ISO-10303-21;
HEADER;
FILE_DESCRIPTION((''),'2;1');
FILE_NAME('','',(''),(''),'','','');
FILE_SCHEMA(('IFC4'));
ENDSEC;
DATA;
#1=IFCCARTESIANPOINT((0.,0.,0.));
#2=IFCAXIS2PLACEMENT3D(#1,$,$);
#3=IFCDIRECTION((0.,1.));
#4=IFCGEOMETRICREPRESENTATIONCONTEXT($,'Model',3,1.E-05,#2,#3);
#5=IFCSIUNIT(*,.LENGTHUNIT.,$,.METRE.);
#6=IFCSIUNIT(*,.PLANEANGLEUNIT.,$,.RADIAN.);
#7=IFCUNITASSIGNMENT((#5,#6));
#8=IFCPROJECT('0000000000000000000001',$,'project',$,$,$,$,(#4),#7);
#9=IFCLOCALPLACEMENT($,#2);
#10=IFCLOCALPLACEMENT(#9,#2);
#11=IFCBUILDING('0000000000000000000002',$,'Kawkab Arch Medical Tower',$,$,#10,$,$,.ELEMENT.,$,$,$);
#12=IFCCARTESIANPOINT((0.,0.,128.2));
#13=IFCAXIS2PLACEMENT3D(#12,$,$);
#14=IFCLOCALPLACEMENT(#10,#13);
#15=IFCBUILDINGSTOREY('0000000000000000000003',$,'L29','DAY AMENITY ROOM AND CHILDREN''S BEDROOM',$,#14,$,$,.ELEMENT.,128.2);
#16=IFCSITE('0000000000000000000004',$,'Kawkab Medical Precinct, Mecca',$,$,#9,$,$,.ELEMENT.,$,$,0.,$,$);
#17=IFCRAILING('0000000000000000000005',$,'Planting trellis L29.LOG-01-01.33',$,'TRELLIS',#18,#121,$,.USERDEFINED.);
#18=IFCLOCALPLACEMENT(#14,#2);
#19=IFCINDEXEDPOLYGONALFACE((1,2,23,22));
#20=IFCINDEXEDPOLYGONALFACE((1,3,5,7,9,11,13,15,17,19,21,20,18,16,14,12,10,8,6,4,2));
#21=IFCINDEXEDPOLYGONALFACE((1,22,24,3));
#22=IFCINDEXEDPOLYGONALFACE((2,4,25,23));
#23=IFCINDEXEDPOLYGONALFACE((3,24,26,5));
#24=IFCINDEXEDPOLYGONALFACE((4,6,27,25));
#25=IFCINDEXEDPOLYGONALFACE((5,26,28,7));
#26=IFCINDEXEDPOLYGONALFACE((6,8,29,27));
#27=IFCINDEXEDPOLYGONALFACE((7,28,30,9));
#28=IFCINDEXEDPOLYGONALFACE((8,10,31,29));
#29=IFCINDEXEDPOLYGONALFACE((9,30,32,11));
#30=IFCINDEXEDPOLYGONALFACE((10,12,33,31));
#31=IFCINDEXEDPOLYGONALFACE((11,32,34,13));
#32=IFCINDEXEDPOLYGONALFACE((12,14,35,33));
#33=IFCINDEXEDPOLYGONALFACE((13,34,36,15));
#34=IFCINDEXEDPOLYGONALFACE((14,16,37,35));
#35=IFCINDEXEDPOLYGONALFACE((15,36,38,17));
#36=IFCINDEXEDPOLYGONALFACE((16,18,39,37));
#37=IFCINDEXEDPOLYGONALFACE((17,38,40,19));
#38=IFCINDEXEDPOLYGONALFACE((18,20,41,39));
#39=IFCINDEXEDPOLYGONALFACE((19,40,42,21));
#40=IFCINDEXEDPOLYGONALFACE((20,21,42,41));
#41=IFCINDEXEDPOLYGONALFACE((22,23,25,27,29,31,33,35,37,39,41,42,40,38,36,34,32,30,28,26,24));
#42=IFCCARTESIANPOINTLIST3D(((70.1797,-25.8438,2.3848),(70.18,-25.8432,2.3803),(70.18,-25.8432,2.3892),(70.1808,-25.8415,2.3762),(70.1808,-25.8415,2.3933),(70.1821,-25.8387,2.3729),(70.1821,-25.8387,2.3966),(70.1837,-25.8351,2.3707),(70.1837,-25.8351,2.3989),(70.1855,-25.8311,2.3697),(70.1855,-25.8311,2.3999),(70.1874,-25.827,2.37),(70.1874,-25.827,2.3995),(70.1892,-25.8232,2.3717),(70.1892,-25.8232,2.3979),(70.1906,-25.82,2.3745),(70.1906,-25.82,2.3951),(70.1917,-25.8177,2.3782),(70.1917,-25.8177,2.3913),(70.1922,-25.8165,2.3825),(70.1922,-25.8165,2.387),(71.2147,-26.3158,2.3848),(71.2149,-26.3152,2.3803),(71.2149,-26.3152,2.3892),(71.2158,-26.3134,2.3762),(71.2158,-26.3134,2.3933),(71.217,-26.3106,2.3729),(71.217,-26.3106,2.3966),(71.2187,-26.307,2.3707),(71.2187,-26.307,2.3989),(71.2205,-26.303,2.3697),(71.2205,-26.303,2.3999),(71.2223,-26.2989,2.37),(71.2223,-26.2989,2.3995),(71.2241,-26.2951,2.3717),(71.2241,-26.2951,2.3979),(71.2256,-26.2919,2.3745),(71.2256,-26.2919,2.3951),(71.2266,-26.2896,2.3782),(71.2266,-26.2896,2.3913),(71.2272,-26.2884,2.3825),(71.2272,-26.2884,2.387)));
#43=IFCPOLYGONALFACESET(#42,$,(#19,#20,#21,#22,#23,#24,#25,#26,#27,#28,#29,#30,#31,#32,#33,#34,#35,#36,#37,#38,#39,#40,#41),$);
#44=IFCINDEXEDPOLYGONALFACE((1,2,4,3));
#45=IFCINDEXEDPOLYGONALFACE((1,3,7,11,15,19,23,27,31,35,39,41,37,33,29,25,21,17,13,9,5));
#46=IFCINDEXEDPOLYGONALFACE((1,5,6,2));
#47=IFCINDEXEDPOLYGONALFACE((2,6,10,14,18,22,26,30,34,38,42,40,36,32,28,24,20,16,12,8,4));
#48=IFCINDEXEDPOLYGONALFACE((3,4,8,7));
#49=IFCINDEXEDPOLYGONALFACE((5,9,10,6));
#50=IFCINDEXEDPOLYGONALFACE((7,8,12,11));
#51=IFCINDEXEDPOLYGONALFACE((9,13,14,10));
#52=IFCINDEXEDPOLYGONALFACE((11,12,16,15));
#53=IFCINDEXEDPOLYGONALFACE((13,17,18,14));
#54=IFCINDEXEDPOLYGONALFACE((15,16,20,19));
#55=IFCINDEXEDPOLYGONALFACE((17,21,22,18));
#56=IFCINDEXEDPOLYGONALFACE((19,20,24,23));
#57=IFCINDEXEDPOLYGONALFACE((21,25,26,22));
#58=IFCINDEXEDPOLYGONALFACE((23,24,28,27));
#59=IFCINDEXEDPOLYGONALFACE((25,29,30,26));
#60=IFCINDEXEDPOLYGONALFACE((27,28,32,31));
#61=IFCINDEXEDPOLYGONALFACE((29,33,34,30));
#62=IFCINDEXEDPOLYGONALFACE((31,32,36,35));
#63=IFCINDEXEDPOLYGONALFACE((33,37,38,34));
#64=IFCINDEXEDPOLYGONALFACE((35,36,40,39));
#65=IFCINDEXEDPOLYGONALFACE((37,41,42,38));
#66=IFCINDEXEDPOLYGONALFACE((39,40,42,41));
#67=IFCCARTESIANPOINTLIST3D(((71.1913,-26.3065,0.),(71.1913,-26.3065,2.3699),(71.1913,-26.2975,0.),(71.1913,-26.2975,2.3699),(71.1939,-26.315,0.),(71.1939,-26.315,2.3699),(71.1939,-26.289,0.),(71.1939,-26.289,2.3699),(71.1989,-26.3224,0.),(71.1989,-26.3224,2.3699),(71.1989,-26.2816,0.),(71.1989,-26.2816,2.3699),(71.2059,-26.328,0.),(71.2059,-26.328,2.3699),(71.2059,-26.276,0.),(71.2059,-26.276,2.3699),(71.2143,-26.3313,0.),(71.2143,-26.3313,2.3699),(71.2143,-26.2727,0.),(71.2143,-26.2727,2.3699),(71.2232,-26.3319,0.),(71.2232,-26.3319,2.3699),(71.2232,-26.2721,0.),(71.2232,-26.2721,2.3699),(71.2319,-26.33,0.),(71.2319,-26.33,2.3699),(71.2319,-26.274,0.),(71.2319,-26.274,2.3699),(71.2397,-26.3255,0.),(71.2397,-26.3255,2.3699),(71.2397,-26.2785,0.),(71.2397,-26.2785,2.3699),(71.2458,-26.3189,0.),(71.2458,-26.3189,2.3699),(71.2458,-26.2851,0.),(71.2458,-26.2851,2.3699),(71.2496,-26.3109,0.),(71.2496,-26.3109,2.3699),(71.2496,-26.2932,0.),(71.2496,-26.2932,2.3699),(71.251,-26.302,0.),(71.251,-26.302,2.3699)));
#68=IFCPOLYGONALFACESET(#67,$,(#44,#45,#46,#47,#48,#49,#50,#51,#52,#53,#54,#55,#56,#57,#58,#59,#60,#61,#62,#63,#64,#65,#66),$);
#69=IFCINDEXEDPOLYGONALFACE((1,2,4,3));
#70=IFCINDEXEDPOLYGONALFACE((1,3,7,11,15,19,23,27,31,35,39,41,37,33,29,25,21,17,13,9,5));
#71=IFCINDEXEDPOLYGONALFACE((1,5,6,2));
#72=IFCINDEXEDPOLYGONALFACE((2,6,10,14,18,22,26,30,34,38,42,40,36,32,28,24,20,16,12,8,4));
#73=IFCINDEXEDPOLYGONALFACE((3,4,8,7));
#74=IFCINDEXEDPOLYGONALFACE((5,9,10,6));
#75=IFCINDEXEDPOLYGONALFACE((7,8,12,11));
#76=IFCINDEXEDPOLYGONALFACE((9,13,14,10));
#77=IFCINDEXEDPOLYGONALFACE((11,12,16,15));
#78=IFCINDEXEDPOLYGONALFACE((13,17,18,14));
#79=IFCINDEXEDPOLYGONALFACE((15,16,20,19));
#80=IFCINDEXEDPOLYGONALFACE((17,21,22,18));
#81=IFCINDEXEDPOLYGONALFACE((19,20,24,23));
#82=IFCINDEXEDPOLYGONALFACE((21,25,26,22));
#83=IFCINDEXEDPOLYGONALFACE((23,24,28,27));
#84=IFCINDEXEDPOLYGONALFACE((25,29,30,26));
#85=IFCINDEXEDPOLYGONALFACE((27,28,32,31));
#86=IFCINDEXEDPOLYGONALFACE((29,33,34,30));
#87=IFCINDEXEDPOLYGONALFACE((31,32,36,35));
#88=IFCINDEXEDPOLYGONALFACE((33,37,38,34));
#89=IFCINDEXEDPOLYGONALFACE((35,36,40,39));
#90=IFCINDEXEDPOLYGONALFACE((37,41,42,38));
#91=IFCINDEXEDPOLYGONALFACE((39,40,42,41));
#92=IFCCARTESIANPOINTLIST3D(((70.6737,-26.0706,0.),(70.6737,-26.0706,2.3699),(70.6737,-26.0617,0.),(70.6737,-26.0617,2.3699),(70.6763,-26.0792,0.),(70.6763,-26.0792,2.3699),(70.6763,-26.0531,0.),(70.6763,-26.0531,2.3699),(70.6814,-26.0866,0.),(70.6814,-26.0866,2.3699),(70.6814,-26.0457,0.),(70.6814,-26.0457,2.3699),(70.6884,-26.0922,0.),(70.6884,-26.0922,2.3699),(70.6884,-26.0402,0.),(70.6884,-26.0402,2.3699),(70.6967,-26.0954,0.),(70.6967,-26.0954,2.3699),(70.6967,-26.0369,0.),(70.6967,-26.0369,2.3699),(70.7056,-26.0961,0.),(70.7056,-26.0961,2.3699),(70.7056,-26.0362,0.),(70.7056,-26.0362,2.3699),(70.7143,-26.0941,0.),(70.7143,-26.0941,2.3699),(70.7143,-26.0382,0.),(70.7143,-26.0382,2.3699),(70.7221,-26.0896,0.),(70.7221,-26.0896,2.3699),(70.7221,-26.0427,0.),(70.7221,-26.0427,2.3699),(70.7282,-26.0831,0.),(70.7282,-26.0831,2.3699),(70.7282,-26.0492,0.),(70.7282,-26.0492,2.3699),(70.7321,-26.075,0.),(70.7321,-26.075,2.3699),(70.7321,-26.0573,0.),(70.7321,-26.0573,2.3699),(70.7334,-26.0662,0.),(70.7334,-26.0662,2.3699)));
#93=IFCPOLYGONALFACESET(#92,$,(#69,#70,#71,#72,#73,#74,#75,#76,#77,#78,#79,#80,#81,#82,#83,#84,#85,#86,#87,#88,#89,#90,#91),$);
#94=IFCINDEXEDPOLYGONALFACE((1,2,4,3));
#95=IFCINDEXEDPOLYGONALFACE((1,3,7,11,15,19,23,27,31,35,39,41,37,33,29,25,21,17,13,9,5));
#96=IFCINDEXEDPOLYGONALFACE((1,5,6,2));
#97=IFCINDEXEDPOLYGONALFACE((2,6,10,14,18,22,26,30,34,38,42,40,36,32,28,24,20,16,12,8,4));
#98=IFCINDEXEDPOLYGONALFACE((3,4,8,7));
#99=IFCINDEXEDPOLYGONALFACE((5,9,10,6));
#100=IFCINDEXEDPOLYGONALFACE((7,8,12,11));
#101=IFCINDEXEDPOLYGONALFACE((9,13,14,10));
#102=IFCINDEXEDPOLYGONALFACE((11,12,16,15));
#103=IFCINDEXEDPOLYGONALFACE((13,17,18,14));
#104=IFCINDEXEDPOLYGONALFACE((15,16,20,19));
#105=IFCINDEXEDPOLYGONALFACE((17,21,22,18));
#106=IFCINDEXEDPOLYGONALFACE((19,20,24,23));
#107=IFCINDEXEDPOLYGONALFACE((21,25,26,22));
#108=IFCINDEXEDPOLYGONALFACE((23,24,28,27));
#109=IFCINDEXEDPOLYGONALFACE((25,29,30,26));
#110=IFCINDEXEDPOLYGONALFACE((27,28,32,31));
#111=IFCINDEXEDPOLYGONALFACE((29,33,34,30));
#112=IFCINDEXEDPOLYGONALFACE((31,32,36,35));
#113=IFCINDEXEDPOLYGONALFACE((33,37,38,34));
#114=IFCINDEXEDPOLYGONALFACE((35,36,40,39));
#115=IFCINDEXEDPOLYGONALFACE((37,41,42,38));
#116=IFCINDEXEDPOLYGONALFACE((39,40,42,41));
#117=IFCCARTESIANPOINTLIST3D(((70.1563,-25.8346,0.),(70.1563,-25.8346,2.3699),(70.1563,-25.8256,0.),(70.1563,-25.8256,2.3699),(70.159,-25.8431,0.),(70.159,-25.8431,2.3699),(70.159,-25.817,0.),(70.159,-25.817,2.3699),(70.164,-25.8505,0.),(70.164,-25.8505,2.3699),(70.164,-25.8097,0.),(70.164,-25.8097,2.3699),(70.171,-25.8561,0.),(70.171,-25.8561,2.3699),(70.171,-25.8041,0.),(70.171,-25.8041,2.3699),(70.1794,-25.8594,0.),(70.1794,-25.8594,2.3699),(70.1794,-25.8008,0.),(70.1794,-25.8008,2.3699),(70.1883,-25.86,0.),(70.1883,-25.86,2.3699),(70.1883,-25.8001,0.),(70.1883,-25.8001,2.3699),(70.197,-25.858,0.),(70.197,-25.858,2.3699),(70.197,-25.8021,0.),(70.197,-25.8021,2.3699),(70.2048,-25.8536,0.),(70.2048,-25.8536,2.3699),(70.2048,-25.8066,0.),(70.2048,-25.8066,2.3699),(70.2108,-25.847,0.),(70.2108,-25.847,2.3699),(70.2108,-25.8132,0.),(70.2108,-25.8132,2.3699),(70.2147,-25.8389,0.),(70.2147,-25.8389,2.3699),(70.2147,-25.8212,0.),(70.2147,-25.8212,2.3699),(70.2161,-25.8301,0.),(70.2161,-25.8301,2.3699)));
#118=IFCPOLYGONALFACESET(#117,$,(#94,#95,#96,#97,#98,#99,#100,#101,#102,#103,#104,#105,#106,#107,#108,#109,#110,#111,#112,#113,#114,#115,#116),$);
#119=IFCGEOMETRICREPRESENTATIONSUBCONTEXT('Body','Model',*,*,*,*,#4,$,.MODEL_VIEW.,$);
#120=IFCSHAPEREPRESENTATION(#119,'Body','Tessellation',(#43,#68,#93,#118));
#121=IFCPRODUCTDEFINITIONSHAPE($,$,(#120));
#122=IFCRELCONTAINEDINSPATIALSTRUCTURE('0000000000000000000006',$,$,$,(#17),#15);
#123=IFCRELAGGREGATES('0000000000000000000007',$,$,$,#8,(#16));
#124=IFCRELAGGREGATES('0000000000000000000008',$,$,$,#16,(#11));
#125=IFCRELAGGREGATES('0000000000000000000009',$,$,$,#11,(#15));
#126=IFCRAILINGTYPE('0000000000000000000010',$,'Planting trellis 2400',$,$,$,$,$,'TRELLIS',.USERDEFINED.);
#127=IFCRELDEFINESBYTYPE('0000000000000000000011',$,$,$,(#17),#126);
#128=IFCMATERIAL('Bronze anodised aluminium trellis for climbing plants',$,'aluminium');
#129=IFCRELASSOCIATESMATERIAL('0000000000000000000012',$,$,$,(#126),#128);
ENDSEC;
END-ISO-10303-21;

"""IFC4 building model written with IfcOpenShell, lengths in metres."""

from ifc_helpers import new_model, si_unit, direction, frame, origin, origin_2d, place, context, subcontext, project, spatial, circle, extrude, material, type_object, element, save


model = new_model("IFC4")

# Units and contexts
model_context = context("Model", 3, precision=1e-05, world=origin(), true_north=direction((0.0, 1.0)))
body_context = subcontext(model_context, "Body", "Model", "MODEL_VIEW")
ifc_project = project(units=[si_unit("LENGTHUNIT", "METRE"), si_unit("PLANEANGLEUNIT", "RADIAN")], contexts=[model_context])

# Site, building, storey
site_placement = place(None, origin())
site = spatial("IfcSite", under=ifc_project, at=site_placement, Name="Kawkab Medical Precinct, Mecca", CompositionType="ELEMENT", RefElevation=0.0)
building_placement = place(site_placement, origin())
building = spatial("IfcBuilding", under=site, at=building_placement, Name="Kawkab Arch Medical Tower", CompositionType="ELEMENT")
storey_placement = place(building_placement, frame((0.0, 0.0, 128.2)))
storey = spatial("IfcBuildingStorey", under=building, at=storey_placement, Name="L29", Description="DAY AMENITY ROOM AND CHILDREN'S BEDROOM", CompositionType="ELEMENT", Elevation=128.2)

# Railing
ifc_material_1 = material(Name="Bronze anodised aluminium trellis for climbing plants", Category="aluminium")
railing_type = type_object("IfcRailingType", Name="Planting trellis 2400", ElementType="TRELLIS", PredefinedType="USERDEFINED", material=ifc_material_1)
railing_1_placement = place(storey_placement, frame((71.2209, -26.302, 0.0)))
element("IfcRailing", 1, at=railing_1_placement, inside=storey, type_object=railing_type, Name="Planting trellis L29.LOG-01-01.33", ObjectType="TRELLIS", PredefinedType="USERDEFINED", context=body_context, shape_type="SweptSolid", body=[
    extrude(circle(Radius=0.0151, at=origin_2d()), frame((0.0, 0.0, 2.3848), z_axis=(-0.909866, 0.414902, 0.0), x_axis=(-0.414902, -0.909866, 0.0)), (0.0, 0.0, 1.0), 1.1375),
    extrude(circle(Radius=0.03, at=origin_2d()), origin(), (0.0, 0.0, 1.0), 2.3699),
    extrude(circle(Radius=0.03, at=origin_2d()), frame((-0.5176, 0.2358, 0.0)), (0.0, 0.0, 1.0), 2.3699),
    extrude(circle(Radius=0.03, at=origin_2d()), frame((-1.0349, 0.4719, 0.0)), (0.0, 0.0, 1.0), 2.3699),
])

save(model, "model.ifc")
